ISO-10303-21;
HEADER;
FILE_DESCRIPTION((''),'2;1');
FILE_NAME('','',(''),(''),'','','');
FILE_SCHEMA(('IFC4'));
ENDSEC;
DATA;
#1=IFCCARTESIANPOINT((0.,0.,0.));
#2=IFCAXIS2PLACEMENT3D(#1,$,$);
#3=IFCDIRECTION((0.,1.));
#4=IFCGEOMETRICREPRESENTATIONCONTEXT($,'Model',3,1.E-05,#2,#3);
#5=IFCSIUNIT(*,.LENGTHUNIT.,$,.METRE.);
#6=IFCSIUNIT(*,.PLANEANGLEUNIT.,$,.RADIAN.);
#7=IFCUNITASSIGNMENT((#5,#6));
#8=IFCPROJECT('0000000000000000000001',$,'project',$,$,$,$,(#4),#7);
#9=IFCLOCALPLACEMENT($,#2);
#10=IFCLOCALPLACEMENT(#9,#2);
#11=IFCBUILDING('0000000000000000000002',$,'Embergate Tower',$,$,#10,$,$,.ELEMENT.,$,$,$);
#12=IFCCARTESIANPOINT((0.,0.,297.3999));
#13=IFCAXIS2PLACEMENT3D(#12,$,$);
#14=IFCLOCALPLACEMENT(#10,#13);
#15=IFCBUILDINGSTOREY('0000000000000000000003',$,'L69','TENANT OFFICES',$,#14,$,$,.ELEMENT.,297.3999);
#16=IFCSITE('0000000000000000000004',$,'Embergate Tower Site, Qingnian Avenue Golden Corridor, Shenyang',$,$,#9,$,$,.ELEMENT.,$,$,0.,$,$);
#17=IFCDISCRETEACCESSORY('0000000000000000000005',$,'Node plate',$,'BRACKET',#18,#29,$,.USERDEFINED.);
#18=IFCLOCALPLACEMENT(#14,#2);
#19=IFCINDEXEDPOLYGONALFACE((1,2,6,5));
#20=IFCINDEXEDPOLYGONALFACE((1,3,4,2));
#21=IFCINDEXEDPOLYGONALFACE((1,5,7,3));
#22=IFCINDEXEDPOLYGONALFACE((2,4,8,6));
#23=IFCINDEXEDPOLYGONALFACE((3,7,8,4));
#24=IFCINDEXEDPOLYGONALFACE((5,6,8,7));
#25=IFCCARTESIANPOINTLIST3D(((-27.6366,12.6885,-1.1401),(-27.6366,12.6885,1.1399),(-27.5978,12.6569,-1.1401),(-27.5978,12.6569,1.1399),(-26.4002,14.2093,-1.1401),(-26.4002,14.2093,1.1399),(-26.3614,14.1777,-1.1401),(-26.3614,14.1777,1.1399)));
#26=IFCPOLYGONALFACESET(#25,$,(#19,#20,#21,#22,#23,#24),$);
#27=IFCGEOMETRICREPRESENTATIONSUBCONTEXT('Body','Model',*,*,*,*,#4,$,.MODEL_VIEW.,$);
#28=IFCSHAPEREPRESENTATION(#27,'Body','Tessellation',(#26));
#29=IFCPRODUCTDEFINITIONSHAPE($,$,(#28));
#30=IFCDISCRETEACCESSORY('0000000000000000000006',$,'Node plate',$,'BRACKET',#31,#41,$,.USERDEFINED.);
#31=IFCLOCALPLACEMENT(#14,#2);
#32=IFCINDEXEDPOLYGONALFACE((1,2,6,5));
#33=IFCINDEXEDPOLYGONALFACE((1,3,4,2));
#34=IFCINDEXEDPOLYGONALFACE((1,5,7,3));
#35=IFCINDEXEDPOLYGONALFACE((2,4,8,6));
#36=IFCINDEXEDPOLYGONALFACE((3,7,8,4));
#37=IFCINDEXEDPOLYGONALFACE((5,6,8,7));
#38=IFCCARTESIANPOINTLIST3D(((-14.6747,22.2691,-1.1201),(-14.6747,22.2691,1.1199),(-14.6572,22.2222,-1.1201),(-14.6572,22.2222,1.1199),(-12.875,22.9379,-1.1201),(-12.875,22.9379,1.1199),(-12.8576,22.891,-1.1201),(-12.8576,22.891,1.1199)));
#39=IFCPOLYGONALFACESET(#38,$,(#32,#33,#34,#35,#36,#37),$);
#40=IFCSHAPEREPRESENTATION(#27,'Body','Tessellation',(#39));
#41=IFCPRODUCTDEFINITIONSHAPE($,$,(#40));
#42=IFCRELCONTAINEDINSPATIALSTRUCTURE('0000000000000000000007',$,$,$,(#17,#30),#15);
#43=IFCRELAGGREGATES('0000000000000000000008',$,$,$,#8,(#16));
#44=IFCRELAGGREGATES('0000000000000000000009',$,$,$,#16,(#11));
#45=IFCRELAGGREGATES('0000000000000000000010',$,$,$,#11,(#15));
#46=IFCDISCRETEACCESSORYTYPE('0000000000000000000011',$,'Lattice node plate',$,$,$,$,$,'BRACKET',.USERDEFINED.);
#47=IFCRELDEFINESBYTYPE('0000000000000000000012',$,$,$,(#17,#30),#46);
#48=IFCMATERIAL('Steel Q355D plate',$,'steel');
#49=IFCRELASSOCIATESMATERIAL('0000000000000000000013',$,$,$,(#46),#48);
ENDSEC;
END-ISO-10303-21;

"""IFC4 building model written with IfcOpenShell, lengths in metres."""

from ifc_helpers import new_model, si_unit, direction, frame, origin, origin_2d, place, context, subcontext, project, spatial, rectangle, extrude, source, transform, mapped, material, type_object, element, save


model = new_model("IFC4")

# Units and contexts
model_context = context("Model", 3, precision=1e-05, world=origin(), true_north=direction((0.0, 1.0)))
body_context = subcontext(model_context, "Body", "Model", "MODEL_VIEW")
ifc_project = project(units=[si_unit("LENGTHUNIT", "METRE"), si_unit("PLANEANGLEUNIT", "RADIAN")], contexts=[model_context])

# Site, building, storey
site_placement = place(None, origin())
site = spatial("IfcSite", under=ifc_project, at=site_placement, Name="Embergate Tower Site, Qingnian Avenue Golden Corridor, Shenyang", CompositionType="ELEMENT", RefElevation=0.0)
building_placement = place(site_placement, origin())
building = spatial("IfcBuilding", under=site, at=building_placement, Name="Embergate Tower", CompositionType="ELEMENT")
storey_placement = place(building_placement, frame((0.0, 0.0, 297.3999)))
storey = spatial("IfcBuildingStorey", under=building, at=storey_placement, Name="L69", Description="TENANT OFFICES", CompositionType="ELEMENT", Elevation=297.3999)

# Discrete accessories
ifc_material_1 = material(Name="Steel Q355D plate", Category="steel")
discrete_accessory_type = type_object("IfcDiscreteAccessoryType", Name="Lattice node plate", ElementType="BRACKET", PredefinedType="USERDEFINED", material=ifc_material_1)
shared_shape_1 = source(origin(), body_context, "Body", "SweptSolid", [
    extrude(rectangle(XDim=1.96, YDim=0.05, at=origin_2d()), origin(), (0.0, 0.0, 1.0), 2.28),
])
discrete_accessory_1_placement = place(storey_placement, frame((-26.999, 13.4331, -1.1401), z_axis=(0.0, 0.0, 1.0), x_axis=(-0.630825, -0.775925, 0.0)))
element("IfcDiscreteAccessory", 1, at=discrete_accessory_1_placement, inside=storey, type_object=discrete_accessory_type, Name="Node plate", ObjectType="BRACKET", PredefinedType="USERDEFINED", context=body_context, shape_type="MappedRepresentation", body=[
    mapped(shared_shape_1, transform((0.0, 0.0, 0.0))),
])
shared_shape_2 = source(origin(), body_context, "Body", "SweptSolid", [
    extrude(rectangle(XDim=1.9199, YDim=0.05, at=origin_2d()), origin(), (0.0, 0.0, 1.0), 2.24),
])
discrete_accessory_2_placement = place(storey_placement, frame((-13.7661, 22.5801, -1.1201), z_axis=(0.0, 0.0, 1.0), x_axis=(-0.937367, -0.348343, 0.0)))
element("IfcDiscreteAccessory", 2, at=discrete_accessory_2_placement, inside=storey, type_object=discrete_accessory_type, Name="Node plate", ObjectType="BRACKET", PredefinedType="USERDEFINED", context=body_context, shape_type="MappedRepresentation", body=[
    mapped(shared_shape_2, transform((0.0, 0.0, 0.0))),
])

save(model, "model.ifc")
